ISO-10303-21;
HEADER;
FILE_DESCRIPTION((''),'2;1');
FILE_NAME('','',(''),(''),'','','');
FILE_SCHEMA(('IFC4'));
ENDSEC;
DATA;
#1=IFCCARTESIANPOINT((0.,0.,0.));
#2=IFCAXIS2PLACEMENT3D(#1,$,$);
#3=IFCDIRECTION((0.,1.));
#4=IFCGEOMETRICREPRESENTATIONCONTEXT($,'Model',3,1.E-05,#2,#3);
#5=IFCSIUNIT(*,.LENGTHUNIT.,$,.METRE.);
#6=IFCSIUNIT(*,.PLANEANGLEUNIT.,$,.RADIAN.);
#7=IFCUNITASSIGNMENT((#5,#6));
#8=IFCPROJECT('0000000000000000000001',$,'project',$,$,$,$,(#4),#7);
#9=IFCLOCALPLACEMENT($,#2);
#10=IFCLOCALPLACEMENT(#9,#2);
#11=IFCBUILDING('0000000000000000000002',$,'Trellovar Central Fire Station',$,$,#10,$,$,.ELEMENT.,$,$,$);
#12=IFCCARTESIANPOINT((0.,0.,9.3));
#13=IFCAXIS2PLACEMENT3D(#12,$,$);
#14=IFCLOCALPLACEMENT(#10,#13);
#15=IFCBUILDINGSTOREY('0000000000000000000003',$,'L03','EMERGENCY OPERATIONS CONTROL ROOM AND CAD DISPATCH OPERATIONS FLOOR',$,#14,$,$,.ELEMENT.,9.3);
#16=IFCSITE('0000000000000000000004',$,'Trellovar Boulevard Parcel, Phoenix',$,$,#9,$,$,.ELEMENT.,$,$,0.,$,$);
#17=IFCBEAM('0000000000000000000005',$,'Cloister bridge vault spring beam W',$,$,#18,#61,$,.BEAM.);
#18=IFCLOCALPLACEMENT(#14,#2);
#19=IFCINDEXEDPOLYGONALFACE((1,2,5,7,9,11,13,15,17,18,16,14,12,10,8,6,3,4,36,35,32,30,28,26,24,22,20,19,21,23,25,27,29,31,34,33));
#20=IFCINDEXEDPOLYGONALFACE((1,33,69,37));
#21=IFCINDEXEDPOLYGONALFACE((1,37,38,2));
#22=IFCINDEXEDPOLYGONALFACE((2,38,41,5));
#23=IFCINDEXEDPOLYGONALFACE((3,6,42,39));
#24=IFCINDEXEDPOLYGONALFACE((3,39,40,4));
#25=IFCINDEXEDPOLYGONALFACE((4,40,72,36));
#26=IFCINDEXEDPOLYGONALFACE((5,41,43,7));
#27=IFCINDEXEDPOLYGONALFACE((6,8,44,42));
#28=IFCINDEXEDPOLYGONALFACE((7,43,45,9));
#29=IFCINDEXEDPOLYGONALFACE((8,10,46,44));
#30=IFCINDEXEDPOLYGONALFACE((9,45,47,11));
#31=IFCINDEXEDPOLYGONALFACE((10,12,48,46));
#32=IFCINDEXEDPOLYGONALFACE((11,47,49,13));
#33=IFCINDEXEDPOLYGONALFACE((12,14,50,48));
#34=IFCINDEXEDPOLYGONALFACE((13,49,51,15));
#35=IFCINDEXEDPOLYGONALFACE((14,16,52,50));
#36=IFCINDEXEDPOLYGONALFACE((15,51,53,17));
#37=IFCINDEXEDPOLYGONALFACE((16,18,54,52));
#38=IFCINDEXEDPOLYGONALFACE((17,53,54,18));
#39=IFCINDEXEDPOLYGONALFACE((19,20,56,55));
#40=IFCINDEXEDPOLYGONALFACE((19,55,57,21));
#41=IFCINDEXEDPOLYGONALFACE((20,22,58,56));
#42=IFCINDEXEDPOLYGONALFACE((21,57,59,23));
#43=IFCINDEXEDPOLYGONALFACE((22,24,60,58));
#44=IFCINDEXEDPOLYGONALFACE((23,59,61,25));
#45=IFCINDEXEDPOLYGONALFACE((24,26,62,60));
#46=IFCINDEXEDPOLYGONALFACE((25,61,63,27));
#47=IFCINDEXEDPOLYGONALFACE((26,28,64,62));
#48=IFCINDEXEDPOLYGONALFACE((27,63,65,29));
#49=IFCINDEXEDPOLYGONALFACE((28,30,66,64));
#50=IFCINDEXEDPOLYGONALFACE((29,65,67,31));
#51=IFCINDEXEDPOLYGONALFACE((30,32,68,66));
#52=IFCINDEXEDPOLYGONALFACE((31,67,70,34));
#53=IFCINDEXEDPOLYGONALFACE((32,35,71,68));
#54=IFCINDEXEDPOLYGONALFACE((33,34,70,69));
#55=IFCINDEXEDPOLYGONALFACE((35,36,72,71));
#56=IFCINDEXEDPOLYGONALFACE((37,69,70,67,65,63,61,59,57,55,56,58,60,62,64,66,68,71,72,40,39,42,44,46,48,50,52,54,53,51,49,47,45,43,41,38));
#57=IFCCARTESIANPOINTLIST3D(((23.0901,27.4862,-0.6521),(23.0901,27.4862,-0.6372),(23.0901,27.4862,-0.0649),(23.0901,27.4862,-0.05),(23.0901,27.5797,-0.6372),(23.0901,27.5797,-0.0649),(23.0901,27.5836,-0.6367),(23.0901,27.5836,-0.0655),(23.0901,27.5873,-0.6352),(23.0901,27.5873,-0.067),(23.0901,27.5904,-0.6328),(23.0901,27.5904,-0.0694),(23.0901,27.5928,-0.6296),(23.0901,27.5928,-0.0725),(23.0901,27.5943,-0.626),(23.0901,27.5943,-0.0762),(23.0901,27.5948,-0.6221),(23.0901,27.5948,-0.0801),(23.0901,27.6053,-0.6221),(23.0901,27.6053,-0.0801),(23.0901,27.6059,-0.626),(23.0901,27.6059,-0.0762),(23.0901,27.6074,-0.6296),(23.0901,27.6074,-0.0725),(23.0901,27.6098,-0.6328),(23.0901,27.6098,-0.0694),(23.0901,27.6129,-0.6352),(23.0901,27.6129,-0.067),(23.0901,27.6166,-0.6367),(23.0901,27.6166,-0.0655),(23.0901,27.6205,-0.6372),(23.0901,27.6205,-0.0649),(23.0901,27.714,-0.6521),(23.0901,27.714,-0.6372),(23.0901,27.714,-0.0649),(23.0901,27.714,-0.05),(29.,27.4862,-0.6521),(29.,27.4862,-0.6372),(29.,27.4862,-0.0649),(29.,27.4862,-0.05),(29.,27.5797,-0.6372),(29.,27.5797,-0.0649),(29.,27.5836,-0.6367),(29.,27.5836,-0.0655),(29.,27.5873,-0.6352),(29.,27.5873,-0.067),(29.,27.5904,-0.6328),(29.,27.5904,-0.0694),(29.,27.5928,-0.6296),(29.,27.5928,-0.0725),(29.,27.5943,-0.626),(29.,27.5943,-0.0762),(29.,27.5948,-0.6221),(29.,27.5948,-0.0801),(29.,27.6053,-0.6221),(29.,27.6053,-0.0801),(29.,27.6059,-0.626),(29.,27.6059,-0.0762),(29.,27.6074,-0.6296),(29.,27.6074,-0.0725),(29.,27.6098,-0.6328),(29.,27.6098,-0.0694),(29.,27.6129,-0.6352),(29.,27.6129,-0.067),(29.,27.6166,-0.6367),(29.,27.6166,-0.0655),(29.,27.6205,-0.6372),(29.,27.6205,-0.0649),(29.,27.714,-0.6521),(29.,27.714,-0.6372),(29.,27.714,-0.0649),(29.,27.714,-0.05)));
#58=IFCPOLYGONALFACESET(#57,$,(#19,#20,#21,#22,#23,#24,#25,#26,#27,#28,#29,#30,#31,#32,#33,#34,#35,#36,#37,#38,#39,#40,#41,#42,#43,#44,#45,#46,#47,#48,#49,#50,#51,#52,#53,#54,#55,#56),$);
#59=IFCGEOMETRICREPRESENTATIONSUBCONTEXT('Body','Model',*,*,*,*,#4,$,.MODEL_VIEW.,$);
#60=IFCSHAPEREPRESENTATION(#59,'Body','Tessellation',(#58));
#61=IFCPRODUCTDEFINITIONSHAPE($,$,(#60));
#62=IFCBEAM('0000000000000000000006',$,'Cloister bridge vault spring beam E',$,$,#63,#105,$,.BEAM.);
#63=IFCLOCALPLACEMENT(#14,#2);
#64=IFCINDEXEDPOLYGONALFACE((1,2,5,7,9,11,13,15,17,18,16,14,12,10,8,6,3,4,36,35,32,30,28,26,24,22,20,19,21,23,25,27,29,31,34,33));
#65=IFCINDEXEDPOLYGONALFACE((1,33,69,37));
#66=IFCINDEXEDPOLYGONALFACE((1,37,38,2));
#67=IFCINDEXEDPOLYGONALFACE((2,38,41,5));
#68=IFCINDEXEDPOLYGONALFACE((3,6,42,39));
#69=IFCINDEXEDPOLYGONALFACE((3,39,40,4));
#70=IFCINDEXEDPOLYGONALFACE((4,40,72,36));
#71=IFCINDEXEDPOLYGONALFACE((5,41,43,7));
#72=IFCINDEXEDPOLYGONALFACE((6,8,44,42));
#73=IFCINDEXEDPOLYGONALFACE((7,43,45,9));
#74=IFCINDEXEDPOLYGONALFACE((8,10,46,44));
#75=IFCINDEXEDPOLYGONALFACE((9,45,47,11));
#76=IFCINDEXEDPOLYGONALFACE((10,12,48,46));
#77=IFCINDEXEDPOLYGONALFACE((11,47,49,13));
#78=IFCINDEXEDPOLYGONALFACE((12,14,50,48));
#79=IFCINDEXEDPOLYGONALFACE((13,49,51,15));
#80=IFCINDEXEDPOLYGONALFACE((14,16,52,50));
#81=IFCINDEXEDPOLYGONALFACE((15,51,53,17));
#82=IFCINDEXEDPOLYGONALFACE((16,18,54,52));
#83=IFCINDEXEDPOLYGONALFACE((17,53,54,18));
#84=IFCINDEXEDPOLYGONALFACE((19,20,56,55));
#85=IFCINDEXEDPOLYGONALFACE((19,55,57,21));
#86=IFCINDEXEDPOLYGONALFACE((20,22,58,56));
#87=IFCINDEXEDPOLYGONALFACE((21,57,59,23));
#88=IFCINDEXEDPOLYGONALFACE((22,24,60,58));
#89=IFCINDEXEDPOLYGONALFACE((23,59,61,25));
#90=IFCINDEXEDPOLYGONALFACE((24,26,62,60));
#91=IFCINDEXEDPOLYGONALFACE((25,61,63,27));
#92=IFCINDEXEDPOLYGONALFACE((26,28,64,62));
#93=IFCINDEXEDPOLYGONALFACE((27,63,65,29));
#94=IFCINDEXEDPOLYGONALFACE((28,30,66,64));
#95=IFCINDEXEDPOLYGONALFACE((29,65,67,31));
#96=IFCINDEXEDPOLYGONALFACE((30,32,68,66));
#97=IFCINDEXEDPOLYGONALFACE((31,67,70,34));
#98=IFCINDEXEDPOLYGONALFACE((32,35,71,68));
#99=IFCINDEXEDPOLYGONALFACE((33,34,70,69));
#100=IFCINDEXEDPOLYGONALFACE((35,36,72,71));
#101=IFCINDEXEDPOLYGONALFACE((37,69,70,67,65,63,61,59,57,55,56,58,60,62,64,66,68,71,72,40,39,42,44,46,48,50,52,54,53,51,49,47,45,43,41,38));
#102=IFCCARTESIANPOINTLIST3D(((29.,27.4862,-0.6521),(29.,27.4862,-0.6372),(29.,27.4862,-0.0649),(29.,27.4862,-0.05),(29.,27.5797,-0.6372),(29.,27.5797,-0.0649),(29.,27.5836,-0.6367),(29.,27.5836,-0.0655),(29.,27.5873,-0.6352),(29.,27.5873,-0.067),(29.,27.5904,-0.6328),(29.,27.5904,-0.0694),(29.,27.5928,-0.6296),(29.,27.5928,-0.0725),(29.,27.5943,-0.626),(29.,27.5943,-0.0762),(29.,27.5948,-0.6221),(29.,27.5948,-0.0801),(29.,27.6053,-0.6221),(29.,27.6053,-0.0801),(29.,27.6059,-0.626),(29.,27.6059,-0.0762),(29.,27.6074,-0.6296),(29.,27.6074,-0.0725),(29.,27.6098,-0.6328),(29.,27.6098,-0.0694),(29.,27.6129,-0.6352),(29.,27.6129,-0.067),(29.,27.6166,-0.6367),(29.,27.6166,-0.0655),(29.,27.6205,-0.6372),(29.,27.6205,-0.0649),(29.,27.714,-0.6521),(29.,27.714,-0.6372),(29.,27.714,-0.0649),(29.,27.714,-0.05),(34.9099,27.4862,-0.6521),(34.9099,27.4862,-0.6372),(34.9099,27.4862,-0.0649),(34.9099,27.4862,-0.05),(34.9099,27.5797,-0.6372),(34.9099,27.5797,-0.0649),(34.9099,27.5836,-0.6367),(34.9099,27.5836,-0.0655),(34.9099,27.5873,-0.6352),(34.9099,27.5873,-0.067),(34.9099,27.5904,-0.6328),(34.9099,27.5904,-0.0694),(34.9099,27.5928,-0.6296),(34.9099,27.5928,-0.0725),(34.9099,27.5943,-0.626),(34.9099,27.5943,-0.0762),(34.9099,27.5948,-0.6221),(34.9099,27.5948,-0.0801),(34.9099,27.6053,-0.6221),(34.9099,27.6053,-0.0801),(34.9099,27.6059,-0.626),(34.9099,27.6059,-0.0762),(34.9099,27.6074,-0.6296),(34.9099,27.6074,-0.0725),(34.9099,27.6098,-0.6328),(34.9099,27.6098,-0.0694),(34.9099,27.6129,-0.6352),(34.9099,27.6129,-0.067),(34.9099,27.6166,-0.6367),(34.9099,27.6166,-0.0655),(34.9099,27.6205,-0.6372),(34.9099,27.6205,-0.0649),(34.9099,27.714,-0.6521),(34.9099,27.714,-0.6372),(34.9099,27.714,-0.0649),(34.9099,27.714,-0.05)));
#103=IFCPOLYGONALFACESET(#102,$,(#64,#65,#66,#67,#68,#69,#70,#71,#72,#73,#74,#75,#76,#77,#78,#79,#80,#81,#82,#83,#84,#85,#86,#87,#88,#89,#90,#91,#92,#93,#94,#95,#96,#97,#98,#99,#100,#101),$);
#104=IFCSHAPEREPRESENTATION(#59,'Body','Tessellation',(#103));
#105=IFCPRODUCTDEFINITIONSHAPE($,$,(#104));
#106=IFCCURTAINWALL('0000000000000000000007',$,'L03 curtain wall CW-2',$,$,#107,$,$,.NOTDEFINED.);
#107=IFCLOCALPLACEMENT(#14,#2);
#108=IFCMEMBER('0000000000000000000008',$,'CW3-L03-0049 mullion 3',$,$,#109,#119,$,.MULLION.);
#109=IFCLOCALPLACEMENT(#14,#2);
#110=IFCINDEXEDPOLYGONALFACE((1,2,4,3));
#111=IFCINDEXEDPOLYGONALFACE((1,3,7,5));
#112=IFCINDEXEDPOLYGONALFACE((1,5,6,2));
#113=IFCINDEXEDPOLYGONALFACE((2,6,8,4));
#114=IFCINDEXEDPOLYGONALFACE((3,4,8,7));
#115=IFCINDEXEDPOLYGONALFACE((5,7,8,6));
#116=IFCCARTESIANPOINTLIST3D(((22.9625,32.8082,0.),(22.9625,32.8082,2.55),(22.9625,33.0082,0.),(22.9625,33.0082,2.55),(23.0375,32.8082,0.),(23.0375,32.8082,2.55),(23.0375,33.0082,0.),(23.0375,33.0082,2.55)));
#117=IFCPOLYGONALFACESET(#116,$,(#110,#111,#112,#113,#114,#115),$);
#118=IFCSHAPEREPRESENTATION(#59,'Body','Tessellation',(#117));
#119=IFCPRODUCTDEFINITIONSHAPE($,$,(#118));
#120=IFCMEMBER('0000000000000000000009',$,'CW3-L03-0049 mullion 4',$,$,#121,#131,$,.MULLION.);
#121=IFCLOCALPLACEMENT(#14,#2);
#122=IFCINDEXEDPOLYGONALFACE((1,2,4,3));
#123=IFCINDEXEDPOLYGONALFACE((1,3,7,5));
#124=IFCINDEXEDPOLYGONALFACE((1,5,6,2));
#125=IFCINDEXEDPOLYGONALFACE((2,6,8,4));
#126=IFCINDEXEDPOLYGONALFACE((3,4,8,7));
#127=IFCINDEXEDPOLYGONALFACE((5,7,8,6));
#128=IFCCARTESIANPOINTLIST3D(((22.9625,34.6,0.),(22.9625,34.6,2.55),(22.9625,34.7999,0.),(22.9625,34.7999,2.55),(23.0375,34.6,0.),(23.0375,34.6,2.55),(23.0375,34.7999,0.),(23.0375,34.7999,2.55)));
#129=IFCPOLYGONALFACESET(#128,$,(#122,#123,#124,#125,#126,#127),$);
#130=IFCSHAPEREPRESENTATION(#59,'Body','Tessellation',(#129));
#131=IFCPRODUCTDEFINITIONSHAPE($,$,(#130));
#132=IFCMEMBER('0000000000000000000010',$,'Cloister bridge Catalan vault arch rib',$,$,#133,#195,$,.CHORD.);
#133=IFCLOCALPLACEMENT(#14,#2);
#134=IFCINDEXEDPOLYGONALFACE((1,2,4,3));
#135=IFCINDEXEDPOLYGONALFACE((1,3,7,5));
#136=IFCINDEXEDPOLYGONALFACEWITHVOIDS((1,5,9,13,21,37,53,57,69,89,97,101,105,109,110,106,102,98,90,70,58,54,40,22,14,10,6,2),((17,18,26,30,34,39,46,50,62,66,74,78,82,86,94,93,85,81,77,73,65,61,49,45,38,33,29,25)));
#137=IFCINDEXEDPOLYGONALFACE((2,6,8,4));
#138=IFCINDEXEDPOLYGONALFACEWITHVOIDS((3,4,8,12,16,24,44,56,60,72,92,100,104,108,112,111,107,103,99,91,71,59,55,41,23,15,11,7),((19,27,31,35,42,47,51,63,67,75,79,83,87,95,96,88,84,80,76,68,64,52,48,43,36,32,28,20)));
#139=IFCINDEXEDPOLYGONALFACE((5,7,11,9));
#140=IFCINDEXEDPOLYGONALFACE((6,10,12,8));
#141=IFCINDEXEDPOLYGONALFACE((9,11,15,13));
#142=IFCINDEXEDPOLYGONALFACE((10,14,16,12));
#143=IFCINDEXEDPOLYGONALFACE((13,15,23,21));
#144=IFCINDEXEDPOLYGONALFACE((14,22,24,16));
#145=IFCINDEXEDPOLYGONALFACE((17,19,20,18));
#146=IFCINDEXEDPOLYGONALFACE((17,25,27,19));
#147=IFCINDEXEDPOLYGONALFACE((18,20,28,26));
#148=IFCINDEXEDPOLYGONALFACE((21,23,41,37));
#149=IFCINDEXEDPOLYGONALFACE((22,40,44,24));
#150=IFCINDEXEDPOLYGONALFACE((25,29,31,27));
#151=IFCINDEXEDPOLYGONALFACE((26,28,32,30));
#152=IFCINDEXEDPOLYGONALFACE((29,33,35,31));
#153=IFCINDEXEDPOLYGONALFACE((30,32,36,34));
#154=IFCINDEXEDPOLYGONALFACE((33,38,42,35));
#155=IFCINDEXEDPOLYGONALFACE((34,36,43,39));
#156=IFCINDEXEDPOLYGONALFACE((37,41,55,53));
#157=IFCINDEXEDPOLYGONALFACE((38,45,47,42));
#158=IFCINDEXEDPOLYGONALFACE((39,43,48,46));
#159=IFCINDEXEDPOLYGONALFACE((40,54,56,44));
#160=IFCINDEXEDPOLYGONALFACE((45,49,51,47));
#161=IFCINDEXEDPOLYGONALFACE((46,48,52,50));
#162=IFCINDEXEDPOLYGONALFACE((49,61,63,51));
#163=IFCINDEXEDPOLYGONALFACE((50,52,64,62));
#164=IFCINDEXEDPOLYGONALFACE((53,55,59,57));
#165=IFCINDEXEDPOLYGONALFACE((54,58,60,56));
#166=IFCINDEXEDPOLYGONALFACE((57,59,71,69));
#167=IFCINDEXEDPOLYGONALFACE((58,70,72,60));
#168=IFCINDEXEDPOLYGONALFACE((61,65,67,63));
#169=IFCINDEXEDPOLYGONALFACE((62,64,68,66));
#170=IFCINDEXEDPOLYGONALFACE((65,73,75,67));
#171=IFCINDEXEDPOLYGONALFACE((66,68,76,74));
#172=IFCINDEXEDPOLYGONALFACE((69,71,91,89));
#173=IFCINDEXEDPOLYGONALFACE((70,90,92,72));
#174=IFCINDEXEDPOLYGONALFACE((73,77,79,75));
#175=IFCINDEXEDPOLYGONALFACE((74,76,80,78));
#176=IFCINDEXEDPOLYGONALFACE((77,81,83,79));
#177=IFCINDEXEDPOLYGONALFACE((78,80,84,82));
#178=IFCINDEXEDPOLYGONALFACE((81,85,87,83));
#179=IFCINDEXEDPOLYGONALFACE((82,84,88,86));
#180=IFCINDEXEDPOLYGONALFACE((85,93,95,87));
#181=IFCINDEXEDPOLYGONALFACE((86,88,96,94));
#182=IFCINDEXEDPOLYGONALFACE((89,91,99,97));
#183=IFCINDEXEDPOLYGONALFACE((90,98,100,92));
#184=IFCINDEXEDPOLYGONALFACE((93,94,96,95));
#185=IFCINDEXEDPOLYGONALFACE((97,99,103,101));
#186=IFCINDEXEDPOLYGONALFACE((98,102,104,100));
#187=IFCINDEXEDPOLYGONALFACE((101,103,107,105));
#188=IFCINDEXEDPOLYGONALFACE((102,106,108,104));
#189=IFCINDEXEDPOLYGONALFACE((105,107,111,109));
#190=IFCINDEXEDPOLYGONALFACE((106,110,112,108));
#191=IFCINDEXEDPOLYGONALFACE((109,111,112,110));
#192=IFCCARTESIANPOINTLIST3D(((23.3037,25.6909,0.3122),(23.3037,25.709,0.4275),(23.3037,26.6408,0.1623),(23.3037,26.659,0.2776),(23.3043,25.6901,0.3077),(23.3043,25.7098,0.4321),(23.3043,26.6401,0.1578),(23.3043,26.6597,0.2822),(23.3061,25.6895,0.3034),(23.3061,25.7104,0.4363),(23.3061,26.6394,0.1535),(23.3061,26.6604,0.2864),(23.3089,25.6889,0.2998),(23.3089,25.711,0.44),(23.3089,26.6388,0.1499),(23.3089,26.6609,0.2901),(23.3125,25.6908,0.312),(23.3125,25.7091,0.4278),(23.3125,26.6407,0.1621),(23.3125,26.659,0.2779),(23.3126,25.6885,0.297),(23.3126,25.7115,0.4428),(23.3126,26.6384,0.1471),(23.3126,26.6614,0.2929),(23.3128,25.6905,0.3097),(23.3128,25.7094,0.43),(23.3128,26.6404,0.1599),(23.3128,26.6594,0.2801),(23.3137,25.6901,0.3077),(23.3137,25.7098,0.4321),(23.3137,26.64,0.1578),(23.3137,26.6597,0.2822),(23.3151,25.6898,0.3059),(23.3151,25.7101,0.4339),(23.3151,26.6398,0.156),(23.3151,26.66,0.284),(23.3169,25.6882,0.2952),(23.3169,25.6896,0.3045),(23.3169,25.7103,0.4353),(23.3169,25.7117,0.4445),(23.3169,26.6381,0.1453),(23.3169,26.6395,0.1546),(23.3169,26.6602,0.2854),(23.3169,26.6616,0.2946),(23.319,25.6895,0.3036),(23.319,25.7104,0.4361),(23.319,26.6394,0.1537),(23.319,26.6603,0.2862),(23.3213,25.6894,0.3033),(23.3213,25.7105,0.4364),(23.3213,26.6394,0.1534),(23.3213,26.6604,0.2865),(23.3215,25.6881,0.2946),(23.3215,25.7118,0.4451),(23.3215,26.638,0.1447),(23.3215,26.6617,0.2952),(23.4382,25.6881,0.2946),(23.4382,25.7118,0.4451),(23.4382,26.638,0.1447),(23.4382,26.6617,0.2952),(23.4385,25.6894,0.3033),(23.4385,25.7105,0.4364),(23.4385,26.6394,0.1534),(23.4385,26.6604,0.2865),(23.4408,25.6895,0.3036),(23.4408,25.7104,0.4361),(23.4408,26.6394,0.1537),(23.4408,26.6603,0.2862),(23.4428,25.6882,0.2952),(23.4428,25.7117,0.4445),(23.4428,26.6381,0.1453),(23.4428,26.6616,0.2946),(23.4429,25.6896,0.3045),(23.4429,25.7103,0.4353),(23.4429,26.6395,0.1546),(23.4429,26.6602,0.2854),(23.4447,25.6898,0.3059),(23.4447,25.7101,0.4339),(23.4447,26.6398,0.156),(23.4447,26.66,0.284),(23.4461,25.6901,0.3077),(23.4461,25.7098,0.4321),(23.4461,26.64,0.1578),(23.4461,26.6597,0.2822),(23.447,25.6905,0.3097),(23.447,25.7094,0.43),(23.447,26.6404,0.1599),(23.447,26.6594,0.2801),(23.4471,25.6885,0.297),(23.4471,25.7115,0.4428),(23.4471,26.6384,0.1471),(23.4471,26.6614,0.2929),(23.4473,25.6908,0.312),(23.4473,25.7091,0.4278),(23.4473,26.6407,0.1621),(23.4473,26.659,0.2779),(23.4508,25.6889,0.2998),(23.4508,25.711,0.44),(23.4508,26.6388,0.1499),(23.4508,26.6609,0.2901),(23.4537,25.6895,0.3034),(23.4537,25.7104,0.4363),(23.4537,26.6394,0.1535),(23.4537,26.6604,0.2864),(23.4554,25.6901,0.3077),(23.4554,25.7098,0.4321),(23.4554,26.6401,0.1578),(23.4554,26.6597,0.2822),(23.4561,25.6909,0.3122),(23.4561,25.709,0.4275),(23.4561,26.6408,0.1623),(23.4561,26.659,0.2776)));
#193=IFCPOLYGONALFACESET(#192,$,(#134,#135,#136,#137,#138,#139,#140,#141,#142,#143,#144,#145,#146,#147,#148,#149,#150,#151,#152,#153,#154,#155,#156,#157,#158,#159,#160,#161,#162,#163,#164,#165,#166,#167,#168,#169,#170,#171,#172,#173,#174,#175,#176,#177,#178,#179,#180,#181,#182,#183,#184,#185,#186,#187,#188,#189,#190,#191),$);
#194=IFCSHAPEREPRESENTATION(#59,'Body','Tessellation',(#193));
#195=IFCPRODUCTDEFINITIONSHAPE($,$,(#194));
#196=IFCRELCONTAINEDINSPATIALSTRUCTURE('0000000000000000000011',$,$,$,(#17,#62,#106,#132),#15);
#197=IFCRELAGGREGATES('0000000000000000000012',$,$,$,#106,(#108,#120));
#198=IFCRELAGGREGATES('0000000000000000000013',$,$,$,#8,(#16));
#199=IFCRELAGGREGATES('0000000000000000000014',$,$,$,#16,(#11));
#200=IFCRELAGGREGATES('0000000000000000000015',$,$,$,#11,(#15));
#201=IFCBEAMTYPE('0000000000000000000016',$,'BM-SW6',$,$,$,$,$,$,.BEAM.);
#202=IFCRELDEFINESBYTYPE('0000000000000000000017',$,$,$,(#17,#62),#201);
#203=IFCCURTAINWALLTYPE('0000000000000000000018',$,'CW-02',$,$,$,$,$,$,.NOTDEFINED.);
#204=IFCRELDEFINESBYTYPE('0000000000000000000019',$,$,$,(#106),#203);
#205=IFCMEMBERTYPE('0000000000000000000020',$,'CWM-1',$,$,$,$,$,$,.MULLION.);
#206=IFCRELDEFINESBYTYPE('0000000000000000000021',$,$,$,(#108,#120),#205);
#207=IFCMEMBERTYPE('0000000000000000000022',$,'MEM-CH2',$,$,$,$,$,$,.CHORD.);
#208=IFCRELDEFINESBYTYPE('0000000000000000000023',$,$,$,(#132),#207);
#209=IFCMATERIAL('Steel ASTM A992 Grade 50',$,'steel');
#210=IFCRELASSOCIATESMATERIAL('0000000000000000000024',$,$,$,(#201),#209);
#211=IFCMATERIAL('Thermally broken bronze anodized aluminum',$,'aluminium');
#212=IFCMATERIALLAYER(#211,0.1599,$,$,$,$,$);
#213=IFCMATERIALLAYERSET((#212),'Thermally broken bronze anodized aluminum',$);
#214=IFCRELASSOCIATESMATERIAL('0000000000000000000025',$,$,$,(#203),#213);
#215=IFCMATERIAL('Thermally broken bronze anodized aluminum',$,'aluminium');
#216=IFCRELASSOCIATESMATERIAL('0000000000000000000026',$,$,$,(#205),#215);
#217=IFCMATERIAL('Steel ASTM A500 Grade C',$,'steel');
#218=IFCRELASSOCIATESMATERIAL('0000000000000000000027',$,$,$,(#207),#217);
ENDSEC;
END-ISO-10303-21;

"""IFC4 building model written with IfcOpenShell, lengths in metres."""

from ifc_helpers import new_model, si_unit, direction, frame, origin, origin_2d, place, context, subcontext, project, spatial, rectangle, hollow_rectangle, i_section, extrude, material, layer, layer_set, material_profile, profile_set, type_object, element, aggregate, save


model = new_model("IFC4")

# Units and contexts
model_context = context("Model", 3, precision=1e-05, world=origin(), true_north=direction((0.0, 1.0)))
body_context = subcontext(model_context, "Body", "Model", "MODEL_VIEW")
ifc_project = project(units=[si_unit("LENGTHUNIT", "METRE"), si_unit("PLANEANGLEUNIT", "RADIAN")], contexts=[model_context])

# Site, building, storey
site_placement = place(None, origin())
site = spatial("IfcSite", under=ifc_project, at=site_placement, Name="Trellovar Boulevard Parcel, Phoenix", CompositionType="ELEMENT", RefElevation=0.0)
building_placement = place(site_placement, origin())
building = spatial("IfcBuilding", under=site, at=building_placement, Name="Trellovar Central Fire Station", CompositionType="ELEMENT")
storey_placement = place(building_placement, frame((0.0, 0.0, 9.3)))
storey = spatial("IfcBuildingStorey", under=building, at=storey_placement, Name="L03", Description="EMERGENCY OPERATIONS CONTROL ROOM AND CAD DISPATCH OPERATIONS FLOOR", CompositionType="ELEMENT", Elevation=9.3)

# Beams
ifc_material_1 = material(Name="Steel ASTM A992 Grade 50", Category="steel")
ifc_material_profile_1 = material_profile(ifc_material_1, i_section(OverallWidth=0.2278, OverallDepth=0.6021, WebThickness=0.0105, FlangeThickness=0.0149, FilletRadius=0.0151, at=origin_2d()), Name="W24X68")
ifc_profile_set_1 = profile_set([ifc_material_profile_1], Name="Steel ASTM A992 Grade 50")
beam_type = type_object("IfcBeamType", Name="BM-SW6", PredefinedType="BEAM", material=ifc_profile_set_1)
for number, where, z_axis, x_axis, name in (
    (1, (23.0901, 27.6001, -0.3511), (1.0, 0.0, 0.0), (0.0, 1.0, 0.0), "Cloister bridge vault spring beam W"),
    (2, (29.0, 27.6001, -0.3511), (1.0, 0.0, 0.0), (0.0, 1.0, 0.0), "Cloister bridge vault spring beam E"),
):
    element("IfcBeam", number, at=place(storey_placement, frame(where, z_axis=z_axis, x_axis=x_axis)), inside=storey, type_object=beam_type, Name=name, PredefinedType="BEAM", context=body_context, shape_type="SweptSolid", body=[
        extrude(i_section(OverallWidth=0.2278, OverallDepth=0.6021, WebThickness=0.0105, FlangeThickness=0.0149, FilletRadius=0.0151, at=origin_2d()), origin(), (0.0, 0.0, 1.0), 5.9099),
    ])

# Curtain wall, members
ifc_material_2 = material(Name="Thermally broken bronze anodized aluminum", Category="aluminium")
ifc_layer_1 = layer(ifc_material_2, 0.1599)
ifc_layer_set_1 = layer_set([ifc_layer_1], Name="Thermally broken bronze anodized aluminum")
curtain_wall_type = type_object("IfcCurtainWallType", Name="CW-02", PredefinedType="NOTDEFINED", material=ifc_layer_set_1)
curtain_wall_placement = place(storey_placement, origin())
curtain_wall = element("IfcCurtainWall", 3, at=curtain_wall_placement, inside=storey, type_object=curtain_wall_type, Name="L03 curtain wall CW-2", PredefinedType="NOTDEFINED")
ifc_material_3 = material(Name="Thermally broken bronze anodized aluminum", Category="aluminium")
ifc_material_profile_2 = material_profile(ifc_material_3, rectangle(XDim=0.075, YDim=0.2, at=origin_2d()), Name="ALU75X200")
ifc_profile_set_2 = profile_set([ifc_material_profile_2], Name="Thermally broken bronze anodized aluminum")
member_type_1 = type_object("IfcMemberType", Name="CWM-1", PredefinedType="MULLION", material=ifc_profile_set_2)
member_1_placement = place(storey_placement, frame((23.0, 32.9082, 0.0), z_axis=(0.0, 0.0, 1.0), x_axis=(1.0, 0.0, 0.0)))
member_1 = element("IfcMember", 4, at=member_1_placement, type_object=member_type_1, Name="CW3-L03-0049 mullion 3", PredefinedType="MULLION", context=body_context, shape_type="SweptSolid", body=[
    extrude(rectangle(XDim=0.075, YDim=0.2, at=origin_2d()), origin(), (0.0, 0.0, 1.0), 2.55),
])
member_2_placement = place(storey_placement, frame((23.0, 34.7, 0.0), z_axis=(0.0, 0.0, 1.0), x_axis=(1.0, 0.0, 0.0)))
member_2 = element("IfcMember", 5, at=member_2_placement, type_object=member_type_1, Name="CW3-L03-0049 mullion 4", PredefinedType="MULLION", context=body_context, shape_type="SweptSolid", body=[
    extrude(rectangle(XDim=0.075, YDim=0.2, at=origin_2d()), origin(), (0.0, 0.0, 1.0), 2.55),
])

# Member
ifc_material_4 = material(Name="Steel ASTM A500 Grade C", Category="steel")
ifc_material_profile_3 = material_profile(ifc_material_4, hollow_rectangle(XDim=0.1523, YDim=0.1523, WallThickness=0.0088, InnerFilletRadius=0.0088, OuterFilletRadius=0.0178, at=origin_2d()), Name="HSS6X6X3/8")
ifc_profile_set_3 = profile_set([ifc_material_profile_3], Name="Steel ASTM A500 Grade C")
member_type_2 = type_object("IfcMemberType", Name="MEM-CH2", PredefinedType="CHORD", material=ifc_profile_set_3)
member_3_placement = place(storey_placement, frame((23.3799, 25.7, 0.3699), z_axis=(0.0, 0.987777, -0.155871), x_axis=(-1.0, 0.0, 0.0)))
element("IfcMember", 6, at=member_3_placement, inside=storey, type_object=member_type_2, Name="Cloister bridge Catalan vault arch rib", PredefinedType="CHORD", context=body_context, shape_type="SweptSolid", body=[
    extrude(hollow_rectangle(XDim=0.1523, YDim=0.1523, WallThickness=0.0088, InnerFilletRadius=0.0088, OuterFilletRadius=0.0178, at=origin_2d()), origin(), (0.0, 0.0, 1.0), 0.9617),
])

aggregate(curtain_wall, [member_1, member_2])

save(model, "model.ifc")
